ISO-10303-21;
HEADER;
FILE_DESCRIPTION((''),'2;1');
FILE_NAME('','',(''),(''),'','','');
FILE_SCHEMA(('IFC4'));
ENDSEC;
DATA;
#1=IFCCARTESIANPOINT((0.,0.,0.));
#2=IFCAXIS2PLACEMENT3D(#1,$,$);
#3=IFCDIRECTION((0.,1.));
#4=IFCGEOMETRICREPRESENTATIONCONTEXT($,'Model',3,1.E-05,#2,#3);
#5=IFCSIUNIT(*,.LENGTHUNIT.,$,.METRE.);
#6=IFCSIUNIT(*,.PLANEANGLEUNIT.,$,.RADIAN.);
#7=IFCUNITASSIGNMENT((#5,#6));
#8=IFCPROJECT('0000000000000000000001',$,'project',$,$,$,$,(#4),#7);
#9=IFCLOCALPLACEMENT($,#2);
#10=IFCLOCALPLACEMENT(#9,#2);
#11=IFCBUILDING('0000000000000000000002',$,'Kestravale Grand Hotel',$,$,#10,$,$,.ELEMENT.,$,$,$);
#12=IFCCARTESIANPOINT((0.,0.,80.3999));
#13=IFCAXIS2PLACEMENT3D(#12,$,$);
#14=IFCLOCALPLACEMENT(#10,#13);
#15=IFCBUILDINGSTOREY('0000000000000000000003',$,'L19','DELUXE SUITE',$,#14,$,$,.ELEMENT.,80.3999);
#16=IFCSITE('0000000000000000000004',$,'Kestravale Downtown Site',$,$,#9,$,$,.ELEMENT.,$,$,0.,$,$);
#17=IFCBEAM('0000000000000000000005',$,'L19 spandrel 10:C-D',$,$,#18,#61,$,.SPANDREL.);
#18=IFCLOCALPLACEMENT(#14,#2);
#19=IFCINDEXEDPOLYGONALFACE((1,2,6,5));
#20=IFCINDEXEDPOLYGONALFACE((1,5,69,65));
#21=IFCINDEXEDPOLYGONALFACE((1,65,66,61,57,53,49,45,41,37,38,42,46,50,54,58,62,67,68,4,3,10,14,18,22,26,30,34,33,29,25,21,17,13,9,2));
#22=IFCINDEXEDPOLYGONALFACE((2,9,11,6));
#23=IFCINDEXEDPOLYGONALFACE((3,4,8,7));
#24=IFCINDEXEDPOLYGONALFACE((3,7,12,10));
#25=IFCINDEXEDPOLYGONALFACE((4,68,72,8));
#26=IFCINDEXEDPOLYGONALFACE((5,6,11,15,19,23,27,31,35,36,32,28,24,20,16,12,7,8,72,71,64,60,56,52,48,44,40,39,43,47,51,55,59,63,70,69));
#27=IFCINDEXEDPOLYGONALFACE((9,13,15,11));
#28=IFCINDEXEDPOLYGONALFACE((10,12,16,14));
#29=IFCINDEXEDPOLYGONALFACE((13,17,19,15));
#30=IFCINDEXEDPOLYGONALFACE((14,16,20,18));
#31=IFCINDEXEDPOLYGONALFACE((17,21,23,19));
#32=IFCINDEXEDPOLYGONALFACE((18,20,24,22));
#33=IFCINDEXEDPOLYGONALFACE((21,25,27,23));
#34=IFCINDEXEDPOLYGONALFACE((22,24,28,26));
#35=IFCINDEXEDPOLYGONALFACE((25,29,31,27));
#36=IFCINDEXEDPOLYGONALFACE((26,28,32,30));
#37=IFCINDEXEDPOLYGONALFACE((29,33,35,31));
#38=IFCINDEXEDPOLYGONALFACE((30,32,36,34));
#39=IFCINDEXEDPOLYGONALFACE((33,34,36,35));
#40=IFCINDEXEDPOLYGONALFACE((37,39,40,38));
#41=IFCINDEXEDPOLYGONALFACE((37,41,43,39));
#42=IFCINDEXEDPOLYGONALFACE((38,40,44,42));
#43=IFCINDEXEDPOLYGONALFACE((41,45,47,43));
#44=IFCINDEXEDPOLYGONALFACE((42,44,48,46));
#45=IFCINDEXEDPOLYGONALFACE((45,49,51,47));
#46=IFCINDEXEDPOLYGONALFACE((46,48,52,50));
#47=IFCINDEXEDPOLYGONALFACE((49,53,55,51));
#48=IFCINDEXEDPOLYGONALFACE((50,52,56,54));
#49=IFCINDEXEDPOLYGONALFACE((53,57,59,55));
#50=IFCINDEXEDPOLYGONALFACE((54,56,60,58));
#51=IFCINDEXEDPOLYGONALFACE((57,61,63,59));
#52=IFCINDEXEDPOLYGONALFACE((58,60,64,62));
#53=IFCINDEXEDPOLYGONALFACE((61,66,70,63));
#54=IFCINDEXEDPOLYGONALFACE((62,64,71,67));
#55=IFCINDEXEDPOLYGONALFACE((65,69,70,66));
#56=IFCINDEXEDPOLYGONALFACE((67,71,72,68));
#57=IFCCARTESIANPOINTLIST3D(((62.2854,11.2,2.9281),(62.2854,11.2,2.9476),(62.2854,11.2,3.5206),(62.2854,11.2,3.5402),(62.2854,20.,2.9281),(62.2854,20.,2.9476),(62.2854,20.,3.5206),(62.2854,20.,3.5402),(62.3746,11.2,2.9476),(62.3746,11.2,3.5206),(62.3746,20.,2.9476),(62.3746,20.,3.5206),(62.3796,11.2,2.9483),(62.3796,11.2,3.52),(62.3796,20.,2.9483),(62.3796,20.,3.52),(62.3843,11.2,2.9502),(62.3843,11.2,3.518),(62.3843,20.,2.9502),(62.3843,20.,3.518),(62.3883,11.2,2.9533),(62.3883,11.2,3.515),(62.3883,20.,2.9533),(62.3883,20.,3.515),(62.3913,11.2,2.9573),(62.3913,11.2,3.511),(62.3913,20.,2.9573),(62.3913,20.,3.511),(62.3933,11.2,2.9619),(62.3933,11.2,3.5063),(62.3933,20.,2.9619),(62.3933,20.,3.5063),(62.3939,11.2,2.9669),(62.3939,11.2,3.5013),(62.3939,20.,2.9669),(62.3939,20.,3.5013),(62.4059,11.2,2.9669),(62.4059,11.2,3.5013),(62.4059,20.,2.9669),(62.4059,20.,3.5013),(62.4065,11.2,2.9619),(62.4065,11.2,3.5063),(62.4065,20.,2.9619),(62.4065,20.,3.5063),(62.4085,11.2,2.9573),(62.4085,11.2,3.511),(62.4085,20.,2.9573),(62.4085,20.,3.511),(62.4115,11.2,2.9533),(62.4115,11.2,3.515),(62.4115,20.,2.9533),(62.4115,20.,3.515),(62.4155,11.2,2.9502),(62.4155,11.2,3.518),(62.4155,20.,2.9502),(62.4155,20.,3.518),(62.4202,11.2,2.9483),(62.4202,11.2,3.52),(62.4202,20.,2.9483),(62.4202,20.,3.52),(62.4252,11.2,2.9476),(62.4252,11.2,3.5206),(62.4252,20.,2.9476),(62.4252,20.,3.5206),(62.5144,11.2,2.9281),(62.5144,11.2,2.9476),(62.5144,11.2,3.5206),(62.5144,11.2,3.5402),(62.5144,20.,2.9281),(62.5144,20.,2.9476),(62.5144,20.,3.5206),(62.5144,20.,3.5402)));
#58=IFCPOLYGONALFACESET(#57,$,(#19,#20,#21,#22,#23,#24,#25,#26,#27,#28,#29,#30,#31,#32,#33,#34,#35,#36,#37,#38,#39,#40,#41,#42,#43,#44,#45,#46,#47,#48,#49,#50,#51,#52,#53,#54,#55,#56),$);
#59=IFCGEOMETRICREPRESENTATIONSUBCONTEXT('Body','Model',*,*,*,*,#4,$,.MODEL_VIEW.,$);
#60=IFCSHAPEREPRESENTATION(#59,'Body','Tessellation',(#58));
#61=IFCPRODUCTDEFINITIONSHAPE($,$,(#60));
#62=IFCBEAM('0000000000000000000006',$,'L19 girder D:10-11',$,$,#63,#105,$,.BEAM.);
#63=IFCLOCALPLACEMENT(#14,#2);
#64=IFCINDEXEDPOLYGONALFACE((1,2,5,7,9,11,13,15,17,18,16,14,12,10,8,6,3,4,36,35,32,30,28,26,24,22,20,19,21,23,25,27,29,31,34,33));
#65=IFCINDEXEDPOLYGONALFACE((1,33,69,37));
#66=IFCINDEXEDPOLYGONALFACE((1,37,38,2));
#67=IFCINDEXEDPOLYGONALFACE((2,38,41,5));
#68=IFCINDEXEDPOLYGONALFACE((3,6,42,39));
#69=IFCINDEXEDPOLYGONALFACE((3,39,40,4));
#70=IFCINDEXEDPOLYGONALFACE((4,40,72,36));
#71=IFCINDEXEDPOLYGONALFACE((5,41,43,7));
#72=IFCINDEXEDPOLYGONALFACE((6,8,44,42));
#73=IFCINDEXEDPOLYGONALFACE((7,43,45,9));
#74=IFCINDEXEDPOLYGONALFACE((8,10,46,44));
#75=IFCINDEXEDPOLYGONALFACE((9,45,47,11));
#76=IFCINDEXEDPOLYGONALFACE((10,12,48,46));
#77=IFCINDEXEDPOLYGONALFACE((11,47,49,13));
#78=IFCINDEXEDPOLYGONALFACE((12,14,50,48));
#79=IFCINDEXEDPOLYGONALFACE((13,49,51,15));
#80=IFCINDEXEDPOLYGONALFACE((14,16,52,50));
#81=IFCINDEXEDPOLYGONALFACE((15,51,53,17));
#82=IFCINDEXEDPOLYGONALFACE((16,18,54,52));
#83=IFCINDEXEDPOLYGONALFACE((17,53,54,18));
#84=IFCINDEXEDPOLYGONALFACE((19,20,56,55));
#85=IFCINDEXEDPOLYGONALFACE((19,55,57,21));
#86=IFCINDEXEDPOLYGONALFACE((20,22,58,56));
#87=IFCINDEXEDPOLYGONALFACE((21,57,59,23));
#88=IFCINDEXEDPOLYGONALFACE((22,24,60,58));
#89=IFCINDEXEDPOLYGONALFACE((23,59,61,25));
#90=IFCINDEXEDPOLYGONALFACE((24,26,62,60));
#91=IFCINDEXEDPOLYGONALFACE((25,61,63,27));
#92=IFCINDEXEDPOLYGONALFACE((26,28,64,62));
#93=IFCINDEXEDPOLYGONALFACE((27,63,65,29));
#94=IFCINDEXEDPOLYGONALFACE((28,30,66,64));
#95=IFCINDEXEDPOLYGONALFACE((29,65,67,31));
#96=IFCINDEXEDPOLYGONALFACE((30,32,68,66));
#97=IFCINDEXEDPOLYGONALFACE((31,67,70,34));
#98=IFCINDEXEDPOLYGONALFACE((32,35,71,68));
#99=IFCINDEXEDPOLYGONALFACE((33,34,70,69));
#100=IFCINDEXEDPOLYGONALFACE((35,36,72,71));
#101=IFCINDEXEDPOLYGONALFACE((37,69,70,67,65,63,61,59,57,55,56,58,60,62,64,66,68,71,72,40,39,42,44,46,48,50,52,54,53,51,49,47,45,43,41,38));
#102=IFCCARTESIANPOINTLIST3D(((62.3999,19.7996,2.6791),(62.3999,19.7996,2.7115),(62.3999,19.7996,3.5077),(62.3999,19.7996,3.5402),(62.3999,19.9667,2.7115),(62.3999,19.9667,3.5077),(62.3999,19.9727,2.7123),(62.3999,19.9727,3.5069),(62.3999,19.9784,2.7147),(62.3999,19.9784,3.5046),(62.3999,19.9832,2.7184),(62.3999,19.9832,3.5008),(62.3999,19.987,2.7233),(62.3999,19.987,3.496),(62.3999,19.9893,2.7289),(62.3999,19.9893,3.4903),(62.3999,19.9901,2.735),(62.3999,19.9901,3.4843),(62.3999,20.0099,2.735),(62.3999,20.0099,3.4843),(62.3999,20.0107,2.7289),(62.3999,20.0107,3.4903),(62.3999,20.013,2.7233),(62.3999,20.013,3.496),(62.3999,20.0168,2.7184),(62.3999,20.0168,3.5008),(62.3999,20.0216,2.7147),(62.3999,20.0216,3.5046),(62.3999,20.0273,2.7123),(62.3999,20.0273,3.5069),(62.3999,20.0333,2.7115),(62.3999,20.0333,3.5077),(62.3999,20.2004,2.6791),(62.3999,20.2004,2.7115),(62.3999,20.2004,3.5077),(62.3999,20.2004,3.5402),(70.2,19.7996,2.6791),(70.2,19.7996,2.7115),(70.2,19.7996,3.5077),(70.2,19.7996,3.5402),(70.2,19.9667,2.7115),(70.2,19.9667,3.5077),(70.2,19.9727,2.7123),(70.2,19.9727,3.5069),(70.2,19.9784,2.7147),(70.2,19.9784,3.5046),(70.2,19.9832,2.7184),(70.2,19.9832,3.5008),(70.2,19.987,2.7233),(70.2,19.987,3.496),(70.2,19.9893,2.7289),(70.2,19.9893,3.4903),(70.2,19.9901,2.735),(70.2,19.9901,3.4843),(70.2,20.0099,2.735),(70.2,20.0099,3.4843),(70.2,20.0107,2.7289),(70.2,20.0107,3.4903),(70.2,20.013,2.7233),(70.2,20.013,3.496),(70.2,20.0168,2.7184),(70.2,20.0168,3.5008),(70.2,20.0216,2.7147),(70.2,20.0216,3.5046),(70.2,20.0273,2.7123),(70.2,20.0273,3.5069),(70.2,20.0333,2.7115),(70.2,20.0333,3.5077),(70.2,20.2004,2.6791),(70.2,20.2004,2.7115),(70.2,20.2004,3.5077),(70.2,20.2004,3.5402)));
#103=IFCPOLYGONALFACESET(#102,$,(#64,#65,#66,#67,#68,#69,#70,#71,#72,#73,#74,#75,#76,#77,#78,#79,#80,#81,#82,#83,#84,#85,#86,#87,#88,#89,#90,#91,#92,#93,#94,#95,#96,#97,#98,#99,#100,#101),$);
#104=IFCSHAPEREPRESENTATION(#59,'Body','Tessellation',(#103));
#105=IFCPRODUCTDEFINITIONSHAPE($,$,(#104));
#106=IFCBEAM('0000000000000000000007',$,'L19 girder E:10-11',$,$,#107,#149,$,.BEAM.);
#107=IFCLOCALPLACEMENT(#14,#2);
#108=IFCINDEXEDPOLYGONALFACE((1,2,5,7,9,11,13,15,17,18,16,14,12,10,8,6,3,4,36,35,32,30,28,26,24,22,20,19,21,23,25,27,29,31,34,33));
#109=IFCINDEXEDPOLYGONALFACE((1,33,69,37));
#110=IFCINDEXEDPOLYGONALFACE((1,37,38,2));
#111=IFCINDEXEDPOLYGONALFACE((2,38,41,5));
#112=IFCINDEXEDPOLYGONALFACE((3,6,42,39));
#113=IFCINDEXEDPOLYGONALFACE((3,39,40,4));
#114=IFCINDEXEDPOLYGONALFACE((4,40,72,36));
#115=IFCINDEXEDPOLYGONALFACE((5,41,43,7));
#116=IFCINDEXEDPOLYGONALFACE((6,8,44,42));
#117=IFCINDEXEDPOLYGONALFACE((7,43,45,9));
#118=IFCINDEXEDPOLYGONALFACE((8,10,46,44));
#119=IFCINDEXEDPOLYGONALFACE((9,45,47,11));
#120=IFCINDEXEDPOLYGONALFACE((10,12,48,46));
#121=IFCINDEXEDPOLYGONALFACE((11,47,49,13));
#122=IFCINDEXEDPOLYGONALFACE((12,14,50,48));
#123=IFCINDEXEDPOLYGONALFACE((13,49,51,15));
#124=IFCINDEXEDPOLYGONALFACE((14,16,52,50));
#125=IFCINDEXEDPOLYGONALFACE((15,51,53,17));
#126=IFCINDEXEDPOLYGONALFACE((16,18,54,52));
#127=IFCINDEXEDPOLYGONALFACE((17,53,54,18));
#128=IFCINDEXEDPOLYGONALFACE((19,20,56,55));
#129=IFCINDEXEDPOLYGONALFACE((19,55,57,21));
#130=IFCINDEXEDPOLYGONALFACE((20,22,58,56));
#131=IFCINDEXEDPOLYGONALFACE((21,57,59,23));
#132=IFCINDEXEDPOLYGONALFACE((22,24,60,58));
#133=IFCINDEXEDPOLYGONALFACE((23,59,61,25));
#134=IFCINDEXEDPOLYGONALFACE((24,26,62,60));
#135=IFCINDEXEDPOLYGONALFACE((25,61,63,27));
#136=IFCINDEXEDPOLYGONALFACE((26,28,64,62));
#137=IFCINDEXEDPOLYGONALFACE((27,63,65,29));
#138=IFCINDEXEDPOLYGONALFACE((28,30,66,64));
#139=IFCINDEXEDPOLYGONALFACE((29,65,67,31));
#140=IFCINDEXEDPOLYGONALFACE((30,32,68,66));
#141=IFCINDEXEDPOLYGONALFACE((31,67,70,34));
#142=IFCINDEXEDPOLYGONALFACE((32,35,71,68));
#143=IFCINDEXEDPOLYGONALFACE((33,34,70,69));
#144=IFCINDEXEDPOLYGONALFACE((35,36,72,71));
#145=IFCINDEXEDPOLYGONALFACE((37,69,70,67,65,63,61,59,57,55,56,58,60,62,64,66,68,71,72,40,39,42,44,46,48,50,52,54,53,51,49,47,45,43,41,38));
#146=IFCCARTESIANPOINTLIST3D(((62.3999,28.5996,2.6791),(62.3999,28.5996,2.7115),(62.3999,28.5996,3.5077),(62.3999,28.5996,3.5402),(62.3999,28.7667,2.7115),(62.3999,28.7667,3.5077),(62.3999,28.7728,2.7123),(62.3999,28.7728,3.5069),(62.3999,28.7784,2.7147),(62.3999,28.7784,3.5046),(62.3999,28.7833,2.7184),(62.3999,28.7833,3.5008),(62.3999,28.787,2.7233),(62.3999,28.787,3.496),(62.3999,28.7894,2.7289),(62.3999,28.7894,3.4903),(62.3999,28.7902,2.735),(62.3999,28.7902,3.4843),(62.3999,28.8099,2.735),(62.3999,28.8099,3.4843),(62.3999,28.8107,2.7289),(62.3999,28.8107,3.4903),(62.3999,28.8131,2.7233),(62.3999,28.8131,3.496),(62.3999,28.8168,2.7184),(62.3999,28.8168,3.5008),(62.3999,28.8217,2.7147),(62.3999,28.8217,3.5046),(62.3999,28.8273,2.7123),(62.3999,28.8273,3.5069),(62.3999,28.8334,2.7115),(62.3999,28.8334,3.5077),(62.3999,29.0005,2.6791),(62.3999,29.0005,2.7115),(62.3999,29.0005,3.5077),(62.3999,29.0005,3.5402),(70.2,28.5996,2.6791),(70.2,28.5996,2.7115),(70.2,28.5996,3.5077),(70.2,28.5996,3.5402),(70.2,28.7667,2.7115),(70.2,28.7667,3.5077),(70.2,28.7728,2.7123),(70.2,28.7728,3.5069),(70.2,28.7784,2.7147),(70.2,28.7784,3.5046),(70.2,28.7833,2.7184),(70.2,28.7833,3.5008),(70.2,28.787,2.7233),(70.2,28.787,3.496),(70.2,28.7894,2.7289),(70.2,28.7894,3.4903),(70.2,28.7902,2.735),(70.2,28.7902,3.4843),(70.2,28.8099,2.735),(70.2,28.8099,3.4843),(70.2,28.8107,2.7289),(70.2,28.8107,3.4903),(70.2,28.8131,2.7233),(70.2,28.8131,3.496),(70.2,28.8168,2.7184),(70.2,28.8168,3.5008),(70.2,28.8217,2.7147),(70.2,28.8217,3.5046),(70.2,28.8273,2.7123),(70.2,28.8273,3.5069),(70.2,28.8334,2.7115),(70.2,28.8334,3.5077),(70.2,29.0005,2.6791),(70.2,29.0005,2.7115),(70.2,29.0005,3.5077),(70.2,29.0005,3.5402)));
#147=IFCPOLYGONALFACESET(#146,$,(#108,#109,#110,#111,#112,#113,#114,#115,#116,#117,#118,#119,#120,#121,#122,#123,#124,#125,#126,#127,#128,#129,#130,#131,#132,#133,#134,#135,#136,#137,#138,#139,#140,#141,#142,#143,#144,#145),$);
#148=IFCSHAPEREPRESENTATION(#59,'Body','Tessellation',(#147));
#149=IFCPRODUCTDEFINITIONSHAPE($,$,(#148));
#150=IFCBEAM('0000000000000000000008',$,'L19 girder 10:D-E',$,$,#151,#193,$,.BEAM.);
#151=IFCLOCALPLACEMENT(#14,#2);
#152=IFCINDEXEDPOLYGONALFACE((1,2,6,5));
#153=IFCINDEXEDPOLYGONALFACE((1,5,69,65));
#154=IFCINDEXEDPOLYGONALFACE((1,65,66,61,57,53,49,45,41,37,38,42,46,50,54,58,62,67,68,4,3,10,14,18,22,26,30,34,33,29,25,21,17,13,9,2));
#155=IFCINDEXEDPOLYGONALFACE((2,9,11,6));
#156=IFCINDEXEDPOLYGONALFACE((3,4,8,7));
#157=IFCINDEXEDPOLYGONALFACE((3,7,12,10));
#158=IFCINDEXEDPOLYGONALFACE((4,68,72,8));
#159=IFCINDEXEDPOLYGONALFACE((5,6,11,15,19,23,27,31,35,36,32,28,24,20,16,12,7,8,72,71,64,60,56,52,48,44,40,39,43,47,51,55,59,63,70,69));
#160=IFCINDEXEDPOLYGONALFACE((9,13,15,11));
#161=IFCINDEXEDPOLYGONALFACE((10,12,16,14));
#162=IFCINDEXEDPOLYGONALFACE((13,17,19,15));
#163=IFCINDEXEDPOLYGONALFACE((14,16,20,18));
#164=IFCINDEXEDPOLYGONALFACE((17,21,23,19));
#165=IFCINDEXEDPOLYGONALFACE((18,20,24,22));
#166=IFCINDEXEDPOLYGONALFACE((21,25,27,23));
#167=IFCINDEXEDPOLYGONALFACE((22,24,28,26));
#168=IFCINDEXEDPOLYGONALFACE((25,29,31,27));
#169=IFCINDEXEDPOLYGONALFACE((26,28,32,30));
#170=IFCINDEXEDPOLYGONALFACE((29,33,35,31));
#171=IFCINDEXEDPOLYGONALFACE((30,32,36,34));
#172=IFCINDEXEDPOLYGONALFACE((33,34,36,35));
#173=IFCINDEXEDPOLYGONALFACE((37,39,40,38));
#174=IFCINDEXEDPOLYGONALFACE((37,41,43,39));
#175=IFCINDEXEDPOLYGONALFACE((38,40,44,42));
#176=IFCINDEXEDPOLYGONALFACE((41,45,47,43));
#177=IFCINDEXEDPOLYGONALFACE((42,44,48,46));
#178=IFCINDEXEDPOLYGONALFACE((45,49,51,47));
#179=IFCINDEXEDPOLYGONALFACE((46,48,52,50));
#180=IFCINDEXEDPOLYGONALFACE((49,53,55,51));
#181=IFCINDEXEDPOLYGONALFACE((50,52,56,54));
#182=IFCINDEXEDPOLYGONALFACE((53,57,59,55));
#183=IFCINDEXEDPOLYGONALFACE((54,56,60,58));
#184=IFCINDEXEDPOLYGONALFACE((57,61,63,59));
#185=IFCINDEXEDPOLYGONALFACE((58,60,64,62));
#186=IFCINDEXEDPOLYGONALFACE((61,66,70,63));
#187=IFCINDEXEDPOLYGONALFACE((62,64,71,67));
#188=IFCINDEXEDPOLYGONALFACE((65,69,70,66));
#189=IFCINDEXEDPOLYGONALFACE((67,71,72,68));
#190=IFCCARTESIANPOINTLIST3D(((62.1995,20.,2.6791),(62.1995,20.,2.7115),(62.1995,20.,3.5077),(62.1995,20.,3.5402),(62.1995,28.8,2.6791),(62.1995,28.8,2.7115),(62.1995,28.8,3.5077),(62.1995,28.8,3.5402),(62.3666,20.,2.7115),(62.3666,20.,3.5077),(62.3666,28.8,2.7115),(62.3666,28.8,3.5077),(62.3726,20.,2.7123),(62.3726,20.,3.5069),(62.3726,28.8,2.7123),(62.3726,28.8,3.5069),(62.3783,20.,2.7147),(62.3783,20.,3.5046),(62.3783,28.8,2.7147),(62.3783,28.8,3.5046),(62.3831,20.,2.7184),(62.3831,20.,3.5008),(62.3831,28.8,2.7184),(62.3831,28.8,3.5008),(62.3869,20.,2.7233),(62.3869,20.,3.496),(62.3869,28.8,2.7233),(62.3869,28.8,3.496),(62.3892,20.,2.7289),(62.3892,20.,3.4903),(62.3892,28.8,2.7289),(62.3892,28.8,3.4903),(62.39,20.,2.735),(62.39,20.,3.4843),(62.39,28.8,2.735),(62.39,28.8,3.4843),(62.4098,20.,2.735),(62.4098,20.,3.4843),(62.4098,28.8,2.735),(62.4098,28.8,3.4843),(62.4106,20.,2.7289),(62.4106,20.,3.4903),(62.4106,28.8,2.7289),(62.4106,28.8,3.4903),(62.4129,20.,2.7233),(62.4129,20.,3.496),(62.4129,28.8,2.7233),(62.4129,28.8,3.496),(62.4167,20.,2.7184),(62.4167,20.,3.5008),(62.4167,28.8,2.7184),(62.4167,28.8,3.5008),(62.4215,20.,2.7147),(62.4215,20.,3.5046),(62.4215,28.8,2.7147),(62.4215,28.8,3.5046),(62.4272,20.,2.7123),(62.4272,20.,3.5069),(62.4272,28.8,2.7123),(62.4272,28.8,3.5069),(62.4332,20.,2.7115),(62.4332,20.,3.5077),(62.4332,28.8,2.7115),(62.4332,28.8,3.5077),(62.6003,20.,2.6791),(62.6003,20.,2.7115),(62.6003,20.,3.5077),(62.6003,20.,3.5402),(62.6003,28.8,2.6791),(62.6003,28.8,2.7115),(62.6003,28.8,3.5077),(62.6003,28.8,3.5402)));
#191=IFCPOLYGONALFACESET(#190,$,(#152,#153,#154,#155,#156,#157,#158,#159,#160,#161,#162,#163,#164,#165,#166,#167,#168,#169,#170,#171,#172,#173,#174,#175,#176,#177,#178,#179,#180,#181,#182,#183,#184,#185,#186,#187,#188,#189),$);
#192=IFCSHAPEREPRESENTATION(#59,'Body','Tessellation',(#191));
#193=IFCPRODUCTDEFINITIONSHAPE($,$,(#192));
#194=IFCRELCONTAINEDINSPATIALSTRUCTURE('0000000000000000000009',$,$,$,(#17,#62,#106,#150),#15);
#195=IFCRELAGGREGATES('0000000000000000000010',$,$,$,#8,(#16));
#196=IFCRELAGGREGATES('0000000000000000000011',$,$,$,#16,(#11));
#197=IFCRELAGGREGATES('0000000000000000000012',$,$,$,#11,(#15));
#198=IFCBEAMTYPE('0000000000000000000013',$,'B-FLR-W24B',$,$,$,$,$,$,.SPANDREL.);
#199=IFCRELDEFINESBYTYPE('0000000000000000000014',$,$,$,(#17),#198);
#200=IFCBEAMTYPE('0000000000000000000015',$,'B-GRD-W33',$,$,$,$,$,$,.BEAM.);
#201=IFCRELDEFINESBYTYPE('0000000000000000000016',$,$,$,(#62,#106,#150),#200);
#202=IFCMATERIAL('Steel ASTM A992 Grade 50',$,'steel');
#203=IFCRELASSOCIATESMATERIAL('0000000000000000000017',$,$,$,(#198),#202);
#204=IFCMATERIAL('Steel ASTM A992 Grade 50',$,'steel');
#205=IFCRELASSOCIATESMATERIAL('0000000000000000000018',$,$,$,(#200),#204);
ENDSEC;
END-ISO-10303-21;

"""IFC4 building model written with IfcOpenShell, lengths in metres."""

from ifc_helpers import new_model, si_unit, direction, frame, origin, origin_2d, place, context, subcontext, project, spatial, i_section, extrude, material, material_profile, profile_set, type_object, element, save


model = new_model("IFC4")

# Units and contexts
model_context = context("Model", 3, precision=1e-05, world=origin(), true_north=direction((0.0, 1.0)))
body_context = subcontext(model_context, "Body", "Model", "MODEL_VIEW")
ifc_project = project(units=[si_unit("LENGTHUNIT", "METRE"), si_unit("PLANEANGLEUNIT", "RADIAN")], contexts=[model_context])

# Site, building, storey
site_placement = place(None, origin())
site = spatial("IfcSite", under=ifc_project, at=site_placement, Name="Kestravale Downtown Site", CompositionType="ELEMENT", RefElevation=0.0)
building_placement = place(site_placement, origin())
building = spatial("IfcBuilding", under=site, at=building_placement, Name="Kestravale Grand Hotel", CompositionType="ELEMENT")
storey_placement = place(building_placement, frame((0.0, 0.0, 80.3999)))
storey = spatial("IfcBuildingStorey", under=building, at=storey_placement, Name="L19", Description="DELUXE SUITE", CompositionType="ELEMENT", Elevation=80.3999)

# Beams
ifc_material_1 = material(Name="Steel ASTM A992 Grade 50", Category="steel")
ifc_material_profile_1 = material_profile(ifc_material_1, i_section(OverallWidth=0.229, OverallDepth=0.6121, WebThickness=0.012, FlangeThickness=0.0195, FilletRadius=0.0193, at=origin_2d()))
ifc_profile_set_1 = profile_set([ifc_material_profile_1], Name="Steel ASTM A992 Grade 50")
beam_type_1 = type_object("IfcBeamType", Name="B-FLR-W24B", PredefinedType="SPANDREL", material=ifc_profile_set_1)
beam_1_placement = place(storey_placement, frame((62.3999, 11.2, 3.2341), z_axis=(0.0, 1.0, 0.0), x_axis=(-1.0, 0.0, 0.0)))
element("IfcBeam", 1, at=beam_1_placement, inside=storey, type_object=beam_type_1, Name="L19 spandrel 10:C-D", PredefinedType="SPANDREL", context=body_context, shape_type="SweptSolid", body=[
    extrude(i_section(OverallWidth=0.229, OverallDepth=0.6121, WebThickness=0.012, FlangeThickness=0.0195, FilletRadius=0.0193, at=origin_2d()), origin(), (0.0, 0.0, 1.0), 8.8),
])
ifc_material_2 = material(Name="Steel ASTM A992 Grade 50", Category="steel")
ifc_material_profile_2 = material_profile(ifc_material_2, i_section(OverallWidth=0.4009, OverallDepth=0.8611, WebThickness=0.0198, FlangeThickness=0.0325, FilletRadius=0.0234, at=origin_2d()))
ifc_profile_set_2 = profile_set([ifc_material_profile_2], Name="Steel ASTM A992 Grade 50")
beam_type_2 = type_object("IfcBeamType", Name="B-GRD-W33", PredefinedType="BEAM", material=ifc_profile_set_2)
for number, where, z_axis, x_axis, name in (
    (2, (62.3999, 20.0, 3.1096), (1.0, 0.0, 0.0), (0.0, 1.0, 0.0), "L19 girder D:10-11"),
    (3, (62.3999, 28.8, 3.1096), (1.0, 0.0, 0.0), (0.0, 1.0, 0.0), "L19 girder E:10-11"),
):
    element("IfcBeam", number, at=place(storey_placement, frame(where, z_axis=z_axis, x_axis=x_axis)), inside=storey, type_object=beam_type_2, Name=name, PredefinedType="BEAM", context=body_context, shape_type="SweptSolid", body=[
        extrude(i_section(OverallWidth=0.4009, OverallDepth=0.8611, WebThickness=0.0198, FlangeThickness=0.0325, FilletRadius=0.0234, at=origin_2d()), origin(), (0.0, 0.0, 1.0), 7.8),
    ])
beam_2_placement = place(storey_placement, frame((62.3999, 20.0, 3.1096), z_axis=(0.0, 1.0, 0.0), x_axis=(-1.0, 0.0, 0.0)))
element("IfcBeam", 4, at=beam_2_placement, inside=storey, type_object=beam_type_2, Name="L19 girder 10:D-E", PredefinedType="BEAM", context=body_context, shape_type="SweptSolid", body=[
    extrude(i_section(OverallWidth=0.4009, OverallDepth=0.8611, WebThickness=0.0198, FlangeThickness=0.0325, FilletRadius=0.0234, at=origin_2d()), origin(), (0.0, 0.0, 1.0), 8.8),
])

save(model, "model.ifc")
